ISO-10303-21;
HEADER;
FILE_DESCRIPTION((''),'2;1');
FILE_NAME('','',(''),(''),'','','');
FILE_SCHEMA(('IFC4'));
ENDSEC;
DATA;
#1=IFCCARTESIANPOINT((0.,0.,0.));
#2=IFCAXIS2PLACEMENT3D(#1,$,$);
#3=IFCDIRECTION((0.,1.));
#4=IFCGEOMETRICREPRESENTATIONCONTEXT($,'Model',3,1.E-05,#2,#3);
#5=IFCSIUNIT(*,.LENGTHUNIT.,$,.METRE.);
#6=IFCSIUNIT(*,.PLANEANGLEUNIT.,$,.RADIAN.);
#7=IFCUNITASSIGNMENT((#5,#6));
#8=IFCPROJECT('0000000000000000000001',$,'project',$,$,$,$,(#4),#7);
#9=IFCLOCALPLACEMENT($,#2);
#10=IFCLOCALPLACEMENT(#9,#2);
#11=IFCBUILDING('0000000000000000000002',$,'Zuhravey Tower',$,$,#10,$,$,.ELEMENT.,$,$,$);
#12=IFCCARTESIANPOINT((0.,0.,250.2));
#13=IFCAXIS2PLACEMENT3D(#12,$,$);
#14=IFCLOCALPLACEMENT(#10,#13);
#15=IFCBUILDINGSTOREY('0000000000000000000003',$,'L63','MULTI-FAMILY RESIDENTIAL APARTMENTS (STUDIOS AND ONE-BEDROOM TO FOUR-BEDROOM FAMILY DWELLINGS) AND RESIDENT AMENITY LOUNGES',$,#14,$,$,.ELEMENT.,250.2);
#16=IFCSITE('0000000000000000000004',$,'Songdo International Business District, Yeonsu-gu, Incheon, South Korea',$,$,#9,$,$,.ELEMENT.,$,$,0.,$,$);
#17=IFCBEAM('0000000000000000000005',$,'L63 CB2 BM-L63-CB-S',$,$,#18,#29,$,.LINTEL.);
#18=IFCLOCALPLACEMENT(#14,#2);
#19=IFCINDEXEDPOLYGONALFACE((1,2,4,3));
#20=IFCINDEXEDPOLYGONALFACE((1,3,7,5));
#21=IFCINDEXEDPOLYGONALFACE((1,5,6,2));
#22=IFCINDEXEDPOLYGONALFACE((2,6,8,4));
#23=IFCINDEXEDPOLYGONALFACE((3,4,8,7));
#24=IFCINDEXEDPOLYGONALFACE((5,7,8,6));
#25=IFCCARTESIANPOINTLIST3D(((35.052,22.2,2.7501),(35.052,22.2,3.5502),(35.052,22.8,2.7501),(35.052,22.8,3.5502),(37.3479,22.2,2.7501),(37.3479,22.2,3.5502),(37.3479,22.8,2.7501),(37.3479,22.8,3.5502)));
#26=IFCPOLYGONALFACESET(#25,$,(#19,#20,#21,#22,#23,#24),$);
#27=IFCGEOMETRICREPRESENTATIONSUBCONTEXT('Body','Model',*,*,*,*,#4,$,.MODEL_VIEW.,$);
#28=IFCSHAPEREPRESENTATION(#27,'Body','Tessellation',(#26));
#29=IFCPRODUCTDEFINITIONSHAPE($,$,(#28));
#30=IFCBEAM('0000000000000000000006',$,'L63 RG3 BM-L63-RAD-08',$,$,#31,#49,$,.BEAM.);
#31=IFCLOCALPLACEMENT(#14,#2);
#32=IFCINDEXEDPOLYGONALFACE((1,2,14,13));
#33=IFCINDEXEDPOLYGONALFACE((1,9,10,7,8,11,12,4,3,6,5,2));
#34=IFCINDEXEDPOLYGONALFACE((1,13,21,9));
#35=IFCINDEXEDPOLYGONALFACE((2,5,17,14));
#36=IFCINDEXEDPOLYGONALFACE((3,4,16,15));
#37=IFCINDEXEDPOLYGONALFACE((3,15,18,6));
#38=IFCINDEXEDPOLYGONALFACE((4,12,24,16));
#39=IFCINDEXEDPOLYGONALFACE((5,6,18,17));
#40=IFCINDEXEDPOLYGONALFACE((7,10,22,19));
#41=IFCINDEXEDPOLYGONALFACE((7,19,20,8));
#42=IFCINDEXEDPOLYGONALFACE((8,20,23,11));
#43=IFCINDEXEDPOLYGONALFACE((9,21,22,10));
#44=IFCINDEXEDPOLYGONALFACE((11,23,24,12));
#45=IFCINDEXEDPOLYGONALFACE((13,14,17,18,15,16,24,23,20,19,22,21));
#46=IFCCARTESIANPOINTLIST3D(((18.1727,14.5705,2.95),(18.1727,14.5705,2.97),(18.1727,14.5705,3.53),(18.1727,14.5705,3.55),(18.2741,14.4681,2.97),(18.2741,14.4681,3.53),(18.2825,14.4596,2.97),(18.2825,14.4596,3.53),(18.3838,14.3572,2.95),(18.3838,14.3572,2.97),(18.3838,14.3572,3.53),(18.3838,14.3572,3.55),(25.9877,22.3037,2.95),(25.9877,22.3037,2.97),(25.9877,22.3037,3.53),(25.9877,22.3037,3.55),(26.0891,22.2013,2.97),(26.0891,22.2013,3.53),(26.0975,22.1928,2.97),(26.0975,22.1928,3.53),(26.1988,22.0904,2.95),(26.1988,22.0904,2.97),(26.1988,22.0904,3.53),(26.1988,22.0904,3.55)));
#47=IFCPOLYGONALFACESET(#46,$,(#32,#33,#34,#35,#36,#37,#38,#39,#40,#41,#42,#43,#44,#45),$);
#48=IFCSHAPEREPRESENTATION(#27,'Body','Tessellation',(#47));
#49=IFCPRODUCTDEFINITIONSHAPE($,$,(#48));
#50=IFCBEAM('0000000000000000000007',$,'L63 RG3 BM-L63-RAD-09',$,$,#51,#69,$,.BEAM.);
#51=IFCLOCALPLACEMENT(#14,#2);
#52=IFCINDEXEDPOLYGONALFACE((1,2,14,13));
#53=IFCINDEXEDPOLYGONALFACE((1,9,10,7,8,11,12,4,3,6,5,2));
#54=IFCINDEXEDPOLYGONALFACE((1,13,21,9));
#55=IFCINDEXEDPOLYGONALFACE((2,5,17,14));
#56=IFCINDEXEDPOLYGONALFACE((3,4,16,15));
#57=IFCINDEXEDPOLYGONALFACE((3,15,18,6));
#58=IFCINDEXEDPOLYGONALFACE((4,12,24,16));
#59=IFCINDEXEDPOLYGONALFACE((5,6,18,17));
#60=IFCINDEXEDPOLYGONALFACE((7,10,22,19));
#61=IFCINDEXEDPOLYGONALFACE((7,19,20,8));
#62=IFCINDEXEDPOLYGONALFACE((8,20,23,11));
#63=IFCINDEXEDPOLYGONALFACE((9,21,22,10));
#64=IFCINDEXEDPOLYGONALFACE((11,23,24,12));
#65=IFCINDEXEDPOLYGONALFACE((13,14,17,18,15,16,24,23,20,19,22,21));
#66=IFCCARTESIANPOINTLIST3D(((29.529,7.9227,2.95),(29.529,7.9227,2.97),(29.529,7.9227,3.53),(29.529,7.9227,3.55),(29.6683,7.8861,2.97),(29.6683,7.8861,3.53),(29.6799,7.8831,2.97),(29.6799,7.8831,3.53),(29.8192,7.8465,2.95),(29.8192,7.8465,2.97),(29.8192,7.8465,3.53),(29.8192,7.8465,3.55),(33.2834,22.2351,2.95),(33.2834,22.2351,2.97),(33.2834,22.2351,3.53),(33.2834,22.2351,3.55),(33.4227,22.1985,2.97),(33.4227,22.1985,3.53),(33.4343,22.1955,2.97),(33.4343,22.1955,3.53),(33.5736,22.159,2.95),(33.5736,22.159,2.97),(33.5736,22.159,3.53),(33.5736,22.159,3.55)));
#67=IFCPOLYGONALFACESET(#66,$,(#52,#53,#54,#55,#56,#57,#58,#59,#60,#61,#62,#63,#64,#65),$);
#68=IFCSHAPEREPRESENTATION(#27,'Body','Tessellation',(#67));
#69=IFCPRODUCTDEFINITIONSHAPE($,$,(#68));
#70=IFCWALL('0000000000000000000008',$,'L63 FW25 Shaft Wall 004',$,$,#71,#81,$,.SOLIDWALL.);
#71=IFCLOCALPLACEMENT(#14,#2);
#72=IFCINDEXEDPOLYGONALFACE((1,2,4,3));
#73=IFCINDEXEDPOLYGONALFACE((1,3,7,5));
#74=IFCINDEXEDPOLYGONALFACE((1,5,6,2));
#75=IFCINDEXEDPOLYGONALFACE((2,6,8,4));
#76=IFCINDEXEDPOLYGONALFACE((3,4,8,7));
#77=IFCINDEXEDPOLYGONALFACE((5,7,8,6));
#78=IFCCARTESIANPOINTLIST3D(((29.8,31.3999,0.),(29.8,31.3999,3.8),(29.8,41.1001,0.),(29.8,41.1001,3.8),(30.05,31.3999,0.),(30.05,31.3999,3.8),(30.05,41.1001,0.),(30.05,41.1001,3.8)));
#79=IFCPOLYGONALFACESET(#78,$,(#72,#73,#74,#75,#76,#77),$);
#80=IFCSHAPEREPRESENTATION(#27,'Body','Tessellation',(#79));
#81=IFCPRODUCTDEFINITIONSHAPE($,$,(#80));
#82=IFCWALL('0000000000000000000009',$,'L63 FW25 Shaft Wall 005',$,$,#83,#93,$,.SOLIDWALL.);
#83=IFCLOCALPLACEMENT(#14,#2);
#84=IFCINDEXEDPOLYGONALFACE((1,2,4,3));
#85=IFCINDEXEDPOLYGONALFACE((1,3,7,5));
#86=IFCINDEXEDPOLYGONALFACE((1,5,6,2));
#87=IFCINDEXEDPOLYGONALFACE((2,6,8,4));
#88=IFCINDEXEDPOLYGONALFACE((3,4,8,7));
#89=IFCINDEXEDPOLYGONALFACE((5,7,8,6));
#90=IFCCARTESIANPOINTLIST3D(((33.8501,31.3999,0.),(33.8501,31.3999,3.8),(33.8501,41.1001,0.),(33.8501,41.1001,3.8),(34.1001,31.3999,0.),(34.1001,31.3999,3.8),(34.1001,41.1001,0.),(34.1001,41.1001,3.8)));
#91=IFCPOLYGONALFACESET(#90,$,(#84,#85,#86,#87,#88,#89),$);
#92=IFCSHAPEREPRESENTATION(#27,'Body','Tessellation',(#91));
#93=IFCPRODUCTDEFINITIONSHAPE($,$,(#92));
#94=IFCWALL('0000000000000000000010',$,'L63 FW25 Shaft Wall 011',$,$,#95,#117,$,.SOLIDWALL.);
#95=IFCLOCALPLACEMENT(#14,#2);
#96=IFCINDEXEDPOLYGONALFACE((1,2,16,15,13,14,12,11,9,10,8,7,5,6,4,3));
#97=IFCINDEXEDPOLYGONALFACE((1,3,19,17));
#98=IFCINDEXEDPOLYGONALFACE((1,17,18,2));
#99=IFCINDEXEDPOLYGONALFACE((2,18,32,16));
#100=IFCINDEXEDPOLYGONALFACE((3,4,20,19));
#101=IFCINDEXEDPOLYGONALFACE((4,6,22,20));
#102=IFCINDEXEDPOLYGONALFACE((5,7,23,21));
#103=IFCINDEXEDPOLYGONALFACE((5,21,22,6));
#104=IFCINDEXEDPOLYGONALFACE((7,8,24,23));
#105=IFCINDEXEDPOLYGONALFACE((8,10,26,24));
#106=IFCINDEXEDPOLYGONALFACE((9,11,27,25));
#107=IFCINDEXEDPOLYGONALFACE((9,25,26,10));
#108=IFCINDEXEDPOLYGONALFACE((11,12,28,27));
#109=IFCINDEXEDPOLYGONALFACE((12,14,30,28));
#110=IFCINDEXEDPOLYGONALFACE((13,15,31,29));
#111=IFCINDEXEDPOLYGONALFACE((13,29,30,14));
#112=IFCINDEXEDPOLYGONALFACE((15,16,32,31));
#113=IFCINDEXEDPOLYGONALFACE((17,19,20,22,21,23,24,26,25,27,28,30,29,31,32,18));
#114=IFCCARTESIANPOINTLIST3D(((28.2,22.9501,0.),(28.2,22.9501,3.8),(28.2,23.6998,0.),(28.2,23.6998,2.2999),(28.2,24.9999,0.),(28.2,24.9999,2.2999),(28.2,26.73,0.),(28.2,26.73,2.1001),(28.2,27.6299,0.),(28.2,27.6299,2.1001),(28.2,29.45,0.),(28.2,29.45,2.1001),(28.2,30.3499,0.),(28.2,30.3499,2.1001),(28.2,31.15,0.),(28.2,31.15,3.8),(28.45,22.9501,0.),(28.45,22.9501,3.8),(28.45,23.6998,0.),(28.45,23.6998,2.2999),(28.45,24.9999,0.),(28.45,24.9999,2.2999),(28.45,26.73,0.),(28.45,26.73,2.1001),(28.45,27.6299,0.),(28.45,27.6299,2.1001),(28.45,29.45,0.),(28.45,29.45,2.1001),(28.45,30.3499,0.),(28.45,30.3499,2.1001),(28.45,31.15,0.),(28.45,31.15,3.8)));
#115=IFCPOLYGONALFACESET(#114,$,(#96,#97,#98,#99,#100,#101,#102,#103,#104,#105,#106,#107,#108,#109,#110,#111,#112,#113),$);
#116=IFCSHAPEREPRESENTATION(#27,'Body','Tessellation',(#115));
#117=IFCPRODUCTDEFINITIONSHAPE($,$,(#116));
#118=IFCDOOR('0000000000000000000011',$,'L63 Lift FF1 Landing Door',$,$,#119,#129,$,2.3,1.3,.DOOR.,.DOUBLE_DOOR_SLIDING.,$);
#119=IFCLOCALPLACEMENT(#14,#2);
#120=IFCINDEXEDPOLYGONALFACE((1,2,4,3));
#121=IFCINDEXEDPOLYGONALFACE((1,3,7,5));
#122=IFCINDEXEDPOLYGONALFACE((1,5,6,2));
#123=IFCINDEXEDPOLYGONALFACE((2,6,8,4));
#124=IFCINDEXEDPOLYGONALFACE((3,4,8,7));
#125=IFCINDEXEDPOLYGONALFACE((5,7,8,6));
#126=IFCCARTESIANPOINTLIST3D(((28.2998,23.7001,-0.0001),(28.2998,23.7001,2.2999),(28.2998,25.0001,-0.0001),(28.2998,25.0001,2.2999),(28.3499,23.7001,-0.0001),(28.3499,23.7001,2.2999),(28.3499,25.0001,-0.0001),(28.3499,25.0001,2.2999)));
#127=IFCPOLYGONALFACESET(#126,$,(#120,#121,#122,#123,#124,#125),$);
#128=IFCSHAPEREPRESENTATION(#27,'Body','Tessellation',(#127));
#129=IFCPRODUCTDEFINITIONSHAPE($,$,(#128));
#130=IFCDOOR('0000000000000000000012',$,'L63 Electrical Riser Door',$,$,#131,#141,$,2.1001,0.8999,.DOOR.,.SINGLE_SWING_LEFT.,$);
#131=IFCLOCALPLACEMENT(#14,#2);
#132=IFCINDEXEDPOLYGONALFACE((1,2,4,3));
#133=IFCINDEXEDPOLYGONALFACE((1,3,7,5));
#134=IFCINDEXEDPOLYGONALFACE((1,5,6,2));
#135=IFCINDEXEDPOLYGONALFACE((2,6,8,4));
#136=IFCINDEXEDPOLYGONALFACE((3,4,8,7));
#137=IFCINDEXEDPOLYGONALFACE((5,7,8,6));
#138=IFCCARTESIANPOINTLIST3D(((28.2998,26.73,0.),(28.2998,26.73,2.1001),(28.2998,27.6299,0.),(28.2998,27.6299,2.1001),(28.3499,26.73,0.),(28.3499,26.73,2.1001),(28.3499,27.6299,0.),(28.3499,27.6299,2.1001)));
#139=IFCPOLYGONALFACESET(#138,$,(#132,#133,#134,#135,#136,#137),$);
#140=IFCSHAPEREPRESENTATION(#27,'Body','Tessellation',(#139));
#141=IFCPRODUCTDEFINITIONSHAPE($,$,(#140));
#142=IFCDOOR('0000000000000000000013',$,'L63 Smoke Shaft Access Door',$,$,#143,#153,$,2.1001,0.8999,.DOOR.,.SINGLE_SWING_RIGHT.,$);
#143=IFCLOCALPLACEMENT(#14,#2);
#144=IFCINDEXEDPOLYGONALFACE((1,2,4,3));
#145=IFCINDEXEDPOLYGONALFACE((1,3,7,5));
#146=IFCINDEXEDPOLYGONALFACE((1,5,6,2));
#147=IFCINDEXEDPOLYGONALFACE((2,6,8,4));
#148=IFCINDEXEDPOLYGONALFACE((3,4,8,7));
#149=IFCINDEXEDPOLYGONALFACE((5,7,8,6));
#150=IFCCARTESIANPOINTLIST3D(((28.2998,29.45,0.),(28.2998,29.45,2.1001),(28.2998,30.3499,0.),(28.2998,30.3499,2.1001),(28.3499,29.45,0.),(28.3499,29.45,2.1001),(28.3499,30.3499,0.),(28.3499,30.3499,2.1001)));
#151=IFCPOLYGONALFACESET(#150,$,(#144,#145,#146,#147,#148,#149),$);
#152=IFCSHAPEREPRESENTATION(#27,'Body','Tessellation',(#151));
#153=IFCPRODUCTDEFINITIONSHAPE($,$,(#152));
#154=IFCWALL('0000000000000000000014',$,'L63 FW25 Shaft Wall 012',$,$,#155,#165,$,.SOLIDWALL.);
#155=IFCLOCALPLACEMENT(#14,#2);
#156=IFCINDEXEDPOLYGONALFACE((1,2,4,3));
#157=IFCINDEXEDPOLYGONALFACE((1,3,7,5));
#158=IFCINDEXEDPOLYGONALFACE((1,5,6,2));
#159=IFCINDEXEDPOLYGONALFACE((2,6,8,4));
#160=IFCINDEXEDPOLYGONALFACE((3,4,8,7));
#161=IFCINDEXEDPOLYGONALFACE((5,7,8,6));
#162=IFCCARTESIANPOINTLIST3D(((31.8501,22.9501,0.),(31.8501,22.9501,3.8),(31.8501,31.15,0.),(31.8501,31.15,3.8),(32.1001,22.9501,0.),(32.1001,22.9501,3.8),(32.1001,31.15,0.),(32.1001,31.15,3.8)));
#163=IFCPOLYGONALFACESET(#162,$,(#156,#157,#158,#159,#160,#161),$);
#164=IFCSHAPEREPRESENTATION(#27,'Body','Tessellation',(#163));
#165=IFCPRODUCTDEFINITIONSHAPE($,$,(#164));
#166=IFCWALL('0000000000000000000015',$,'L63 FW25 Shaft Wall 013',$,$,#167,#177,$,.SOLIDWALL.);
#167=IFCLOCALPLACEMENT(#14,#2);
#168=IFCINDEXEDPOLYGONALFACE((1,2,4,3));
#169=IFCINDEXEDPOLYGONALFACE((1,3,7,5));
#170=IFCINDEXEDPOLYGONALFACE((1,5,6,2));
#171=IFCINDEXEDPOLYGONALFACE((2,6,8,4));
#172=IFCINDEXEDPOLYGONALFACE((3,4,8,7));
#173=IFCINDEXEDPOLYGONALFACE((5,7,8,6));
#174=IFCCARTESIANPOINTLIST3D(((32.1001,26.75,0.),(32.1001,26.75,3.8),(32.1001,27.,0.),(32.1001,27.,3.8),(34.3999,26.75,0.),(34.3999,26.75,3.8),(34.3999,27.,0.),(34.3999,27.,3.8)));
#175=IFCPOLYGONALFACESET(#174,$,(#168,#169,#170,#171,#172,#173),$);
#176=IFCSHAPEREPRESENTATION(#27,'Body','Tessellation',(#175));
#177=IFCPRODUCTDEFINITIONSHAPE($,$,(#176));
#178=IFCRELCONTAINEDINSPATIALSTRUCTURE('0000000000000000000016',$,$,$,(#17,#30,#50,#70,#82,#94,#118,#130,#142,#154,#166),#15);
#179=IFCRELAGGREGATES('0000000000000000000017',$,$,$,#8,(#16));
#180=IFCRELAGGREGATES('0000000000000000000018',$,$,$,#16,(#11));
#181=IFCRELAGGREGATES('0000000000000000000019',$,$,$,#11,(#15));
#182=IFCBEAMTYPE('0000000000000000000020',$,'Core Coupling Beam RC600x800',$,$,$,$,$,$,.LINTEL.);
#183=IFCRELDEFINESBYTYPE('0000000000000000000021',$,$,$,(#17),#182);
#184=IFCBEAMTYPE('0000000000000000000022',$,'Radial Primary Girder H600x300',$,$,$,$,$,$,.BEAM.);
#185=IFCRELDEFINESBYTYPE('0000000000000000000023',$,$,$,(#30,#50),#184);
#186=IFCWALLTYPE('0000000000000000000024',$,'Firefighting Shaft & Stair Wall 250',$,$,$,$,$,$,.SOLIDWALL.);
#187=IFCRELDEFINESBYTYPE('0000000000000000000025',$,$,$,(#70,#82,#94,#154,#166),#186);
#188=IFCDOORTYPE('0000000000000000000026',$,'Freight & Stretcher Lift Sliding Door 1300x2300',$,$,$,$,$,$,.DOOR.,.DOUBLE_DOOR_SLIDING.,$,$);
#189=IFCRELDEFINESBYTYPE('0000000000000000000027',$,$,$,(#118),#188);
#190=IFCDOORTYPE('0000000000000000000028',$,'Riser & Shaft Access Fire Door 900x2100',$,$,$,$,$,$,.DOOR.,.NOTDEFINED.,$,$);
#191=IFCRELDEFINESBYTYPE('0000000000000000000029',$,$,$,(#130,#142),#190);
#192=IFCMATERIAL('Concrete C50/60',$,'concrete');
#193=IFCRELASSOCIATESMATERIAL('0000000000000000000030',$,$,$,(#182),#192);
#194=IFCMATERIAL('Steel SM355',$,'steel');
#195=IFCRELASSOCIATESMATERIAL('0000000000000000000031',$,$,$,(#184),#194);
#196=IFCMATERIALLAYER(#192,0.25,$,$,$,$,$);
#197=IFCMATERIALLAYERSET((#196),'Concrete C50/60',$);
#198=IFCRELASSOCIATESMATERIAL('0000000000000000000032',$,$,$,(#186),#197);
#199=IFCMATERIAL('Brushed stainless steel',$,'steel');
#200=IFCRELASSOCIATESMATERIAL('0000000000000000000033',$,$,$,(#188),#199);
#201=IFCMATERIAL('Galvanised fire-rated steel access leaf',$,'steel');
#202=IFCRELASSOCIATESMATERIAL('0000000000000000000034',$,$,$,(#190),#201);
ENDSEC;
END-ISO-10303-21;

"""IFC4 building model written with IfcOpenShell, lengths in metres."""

from ifc_helpers import new_model, si_unit, direction, frame, frame_2d, origin, origin_2d, place, context, subcontext, project, spatial, rectangle, i_section, extrude, material, layer, layer_set, material_profile, profile_set, type_object, element, fill, save


model = new_model("IFC4")

# Units and contexts
model_context = context("Model", 3, precision=1e-05, world=origin(), true_north=direction((0.0, 1.0)))
body_context = subcontext(model_context, "Body", "Model", "MODEL_VIEW")
ifc_project = project(units=[si_unit("LENGTHUNIT", "METRE"), si_unit("PLANEANGLEUNIT", "RADIAN")], contexts=[model_context])

# Site, building, storey
site_placement = place(None, origin())
site = spatial("IfcSite", under=ifc_project, at=site_placement, Name="Songdo International Business District, Yeonsu-gu, Incheon, South Korea", CompositionType="ELEMENT", RefElevation=0.0)
building_placement = place(site_placement, origin())
building = spatial("IfcBuilding", under=site, at=building_placement, Name="Zuhravey Tower", CompositionType="ELEMENT")
storey_placement = place(building_placement, frame((0.0, 0.0, 250.2)))
storey = spatial("IfcBuildingStorey", under=building, at=storey_placement, Name="L63", Description="MULTI-FAMILY RESIDENTIAL APARTMENTS (STUDIOS AND ONE-BEDROOM TO FOUR-BEDROOM FAMILY DWELLINGS) AND RESIDENT AMENITY LOUNGES", CompositionType="ELEMENT", Elevation=250.2)

# Beams
ifc_material_1 = material(Name="Concrete C50/60", Category="concrete")
ifc_material_profile_1 = material_profile(ifc_material_1, rectangle(XDim=0.6001, YDim=0.8, at=origin_2d()), Name="RC-600x800")
ifc_profile_set_1 = profile_set([ifc_material_profile_1], Name="Concrete C50/60")
beam_type_1 = type_object("IfcBeamType", Name="Core Coupling Beam RC600x800", PredefinedType="LINTEL", material=ifc_profile_set_1)
beam_1_placement = place(storey_placement, frame((35.052, 22.5, 3.1501), z_axis=(1.0, 0.0, 0.0), x_axis=(0.0, 1.0, 0.0)))
element("IfcBeam", 1, at=beam_1_placement, inside=storey, type_object=beam_type_1, Name="L63 CB2 BM-L63-CB-S", PredefinedType="LINTEL", context=body_context, shape_type="SweptSolid", body=[
    extrude(rectangle(XDim=0.6001, YDim=0.8, at=origin_2d()), origin(), (0.0, 0.0, 1.0), 2.2959),
])
ifc_material_2 = material(Name="Steel SM355", Category="steel")
ifc_material_profile_2 = material_profile(ifc_material_2, i_section(OverallWidth=0.3, OverallDepth=0.6001, WebThickness=0.012, FlangeThickness=0.02, at=origin_2d()), Name="H-600x300x12x20")
ifc_profile_set_2 = profile_set([ifc_material_profile_2], Name="Steel SM355")
beam_type_2 = type_object("IfcBeamType", Name="Radial Primary Girder H600x300", PredefinedType="BEAM", material=ifc_profile_set_2)
beam_2_placement = place(storey_placement, frame((26.0933, 22.197, 3.25), z_axis=(-0.710817, -0.703377, 0.0), x_axis=(0.703377, -0.710817, 0.0)))
element("IfcBeam", 2, at=beam_2_placement, inside=storey, type_object=beam_type_2, Name="L63 RG3 BM-L63-RAD-08", PredefinedType="BEAM", context=body_context, shape_type="SweptSolid", body=[
    extrude(i_section(OverallWidth=0.3, OverallDepth=0.6001, WebThickness=0.012, FlangeThickness=0.02, at=origin_2d()), origin(), (0.0, 0.0, 1.0), 10.9944),
])
beam_3_placement = place(storey_placement, frame((33.4285, 22.197, 3.25), z_axis=(-0.253731, -0.967275, 0.0), x_axis=(0.967275, -0.253731, 0.0)))
element("IfcBeam", 3, at=beam_3_placement, inside=storey, type_object=beam_type_2, Name="L63 RG3 BM-L63-RAD-09", PredefinedType="BEAM", context=body_context, shape_type="SweptSolid", body=[
    extrude(i_section(OverallWidth=0.3, OverallDepth=0.6001, WebThickness=0.012, FlangeThickness=0.02, at=origin_2d()), origin(), (0.0, 0.0, 1.0), 14.7966),
])

# Shared definitions
ifc_layer_1 = layer(ifc_material_1, 0.25)
ifc_layer_set_1 = layer_set([ifc_layer_1], Name="Concrete C50/60")
wall_type_1 = type_object("IfcWallType", Name="Firefighting Shaft & Stair Wall 250", PredefinedType="SOLIDWALL", material=ifc_layer_set_1)

# Walls
for number, where, z_axis, x_axis, name in (
    (4, (29.925, 31.3999, 0.0), (0.0, 0.0, 1.0), (0.0, 1.0, 0.0), "L63 FW25 Shaft Wall 004"),
    (5, (33.9751, 31.3999, 0.0), (0.0, 0.0, 1.0), (0.0, 1.0, 0.0), "L63 FW25 Shaft Wall 005"),
):
    element("IfcWall", number, at=place(storey_placement, frame(where, z_axis=z_axis, x_axis=x_axis)), inside=storey, type_object=wall_type_1, Name=name, PredefinedType="SOLIDWALL", context=body_context, shape_type="SweptSolid", body=[
        extrude(rectangle(XDim=9.7002, YDim=0.25, at=frame_2d((4.8501, 0.0))), origin(), (0.0, 0.0, 1.0), 3.8),
    ])

# Wall, openings, doors
wall_1_placement = place(storey_placement, frame((28.325, 22.95, 0.0), z_axis=(0.0, 0.0, 1.0), x_axis=(0.0, 1.0, 0.0)))
wall_1 = element("IfcWall", 6, at=wall_1_placement, inside=storey, type_object=wall_type_1, Name="L63 FW25 Shaft Wall 011", PredefinedType="SOLIDWALL", context=body_context, shape_type="SweptSolid", body=[
    extrude(rectangle(XDim=8.2, YDim=0.25, at=frame_2d((4.1001, 0.0))), origin(), (0.0, 0.0, 1.0), 3.8),
])
opening_1_placement = place(wall_1_placement, frame((0.75, 0.0, 0.0)))
opening_1 = element("IfcOpeningElement", 7, at=opening_1_placement, cuts=wall_1, PredefinedType="OPENING", context=body_context, shape_type="SweptSolid", body=[
    extrude(rectangle(XDim=1.3, YDim=2.3, at=frame_2d((0.6499, 1.1499))), frame((0.0, 0.137, 0.0), z_axis=(0.0, -1.0, 0.0), x_axis=(1.0, 0.0, 0.0)), (0.0, 0.0, 1.0), 0.2739),
])
opening_2_placement = place(wall_1_placement, frame((3.78, 0.0, 0.0)))
opening_2 = element("IfcOpeningElement", 8, at=opening_2_placement, cuts=wall_1, PredefinedType="OPENING", context=body_context, shape_type="SweptSolid", body=[
    extrude(rectangle(XDim=0.8999, YDim=2.1001, at=frame_2d((0.45, 1.05))), frame((0.0, 0.137, 0.0), z_axis=(0.0, -1.0, 0.0), x_axis=(1.0, 0.0, 0.0)), (0.0, 0.0, 1.0), 0.2739),
])
opening_3_placement = place(wall_1_placement, frame((6.5, 0.0, 0.0)))
opening_3 = element("IfcOpeningElement", 9, at=opening_3_placement, cuts=wall_1, PredefinedType="OPENING", context=body_context, shape_type="SweptSolid", body=[
    extrude(rectangle(XDim=0.8999, YDim=2.1001, at=frame_2d((0.45, 1.05))), frame((0.0, 0.137, 0.0), z_axis=(0.0, -1.0, 0.0), x_axis=(1.0, 0.0, 0.0)), (0.0, 0.0, 1.0), 0.2739),
])
ifc_material_3 = material(Name="Brushed stainless steel", Category="steel")
door_type_1 = type_object("IfcDoorType", Name="Freight & Stretcher Lift Sliding Door 1300x2300", OperationType="DOUBLE_DOOR_SLIDING", PredefinedType="DOOR", material=ifc_material_3)
door_1_placement = place(opening_1_placement, frame((1.3, 0.0, 0.0), z_axis=(0.0, 0.0, 1.0), x_axis=(-1.0, 0.0, 0.0)))
door_1 = element("IfcDoor", 10, at=door_1_placement, inside=storey, type_object=door_type_1, Name="L63 Lift FF1 Landing Door", OperationType="DOUBLE_DOOR_SLIDING", OverallHeight=2.3, OverallWidth=1.3, PredefinedType="DOOR", context=body_context, shape_type="SweptSolid", body=[
    extrude(rectangle(XDim=1.3, YDim=2.3, at=frame_2d((0.6499, 1.1499))), frame((0.0, 0.0249, 0.0), z_axis=(0.0, -1.0, 0.0), x_axis=(1.0, 0.0, 0.0)), (0.0, 0.0, 1.0), 0.05),
])
fill(opening_1, door_1)
ifc_material_4 = material(Name="Galvanised fire-rated steel access leaf", Category="steel")
door_type_2 = type_object("IfcDoorType", Name="Riser & Shaft Access Fire Door 900x2100", OperationType="NOTDEFINED", PredefinedType="DOOR", material=ifc_material_4)
door_2_placement = place(opening_2_placement, frame((0.8999, 0.0, 0.0), z_axis=(0.0, 0.0, 1.0), x_axis=(-1.0, 0.0, 0.0)))
door_2 = element("IfcDoor", 11, at=door_2_placement, inside=storey, type_object=door_type_2, Name="L63 Electrical Riser Door", OperationType="SINGLE_SWING_LEFT", OverallHeight=2.1001, OverallWidth=0.8999, PredefinedType="DOOR", context=body_context, shape_type="SweptSolid", body=[
    extrude(rectangle(XDim=0.8999, YDim=2.1001, at=frame_2d((0.45, 1.05))), frame((0.0, 0.0249, 0.0), z_axis=(0.0, -1.0, 0.0), x_axis=(1.0, 0.0, 0.0)), (0.0, 0.0, 1.0), 0.05),
])
fill(opening_2, door_2)
door_3_placement = place(opening_3_placement, frame((0.8999, 0.0, 0.0), z_axis=(0.0, 0.0, 1.0), x_axis=(-1.0, 0.0, 0.0)))
door_3 = element("IfcDoor", 12, at=door_3_placement, inside=storey, type_object=door_type_2, Name="L63 Smoke Shaft Access Door", OperationType="SINGLE_SWING_RIGHT", OverallHeight=2.1001, OverallWidth=0.8999, PredefinedType="DOOR", context=body_context, shape_type="SweptSolid", body=[
    extrude(rectangle(XDim=0.8999, YDim=2.1001, at=frame_2d((0.45, 1.05))), frame((0.0, 0.0249, 0.0), z_axis=(0.0, -1.0, 0.0), x_axis=(1.0, 0.0, 0.0)), (0.0, 0.0, 1.0), 0.05),
])
fill(opening_3, door_3)

# Walls
wall_2_placement = place(storey_placement, frame((31.9751, 22.95, 0.0), z_axis=(0.0, 0.0, 1.0), x_axis=(0.0, 1.0, 0.0)))
element("IfcWall", 13, at=wall_2_placement, inside=storey, type_object=wall_type_1, Name="L63 FW25 Shaft Wall 012", PredefinedType="SOLIDWALL", context=body_context, shape_type="SweptSolid", body=[
    extrude(rectangle(XDim=8.2, YDim=0.25, at=frame_2d((4.1001, 0.0))), origin(), (0.0, 0.0, 1.0), 3.8),
])
wall_3_placement = place(storey_placement, frame((32.1001, 26.875, 0.0), z_axis=(0.0, 0.0, 1.0), x_axis=(1.0, 0.0, 0.0)))
element("IfcWall", 14, at=wall_3_placement, inside=storey, type_object=wall_type_1, Name="L63 FW25 Shaft Wall 013", PredefinedType="SOLIDWALL", context=body_context, shape_type="SweptSolid", body=[
    extrude(rectangle(XDim=2.2998, YDim=0.25, at=frame_2d((1.1499, 0.0))), origin(), (0.0, 0.0, 1.0), 3.8),
])

save(model, "model.ifc")
